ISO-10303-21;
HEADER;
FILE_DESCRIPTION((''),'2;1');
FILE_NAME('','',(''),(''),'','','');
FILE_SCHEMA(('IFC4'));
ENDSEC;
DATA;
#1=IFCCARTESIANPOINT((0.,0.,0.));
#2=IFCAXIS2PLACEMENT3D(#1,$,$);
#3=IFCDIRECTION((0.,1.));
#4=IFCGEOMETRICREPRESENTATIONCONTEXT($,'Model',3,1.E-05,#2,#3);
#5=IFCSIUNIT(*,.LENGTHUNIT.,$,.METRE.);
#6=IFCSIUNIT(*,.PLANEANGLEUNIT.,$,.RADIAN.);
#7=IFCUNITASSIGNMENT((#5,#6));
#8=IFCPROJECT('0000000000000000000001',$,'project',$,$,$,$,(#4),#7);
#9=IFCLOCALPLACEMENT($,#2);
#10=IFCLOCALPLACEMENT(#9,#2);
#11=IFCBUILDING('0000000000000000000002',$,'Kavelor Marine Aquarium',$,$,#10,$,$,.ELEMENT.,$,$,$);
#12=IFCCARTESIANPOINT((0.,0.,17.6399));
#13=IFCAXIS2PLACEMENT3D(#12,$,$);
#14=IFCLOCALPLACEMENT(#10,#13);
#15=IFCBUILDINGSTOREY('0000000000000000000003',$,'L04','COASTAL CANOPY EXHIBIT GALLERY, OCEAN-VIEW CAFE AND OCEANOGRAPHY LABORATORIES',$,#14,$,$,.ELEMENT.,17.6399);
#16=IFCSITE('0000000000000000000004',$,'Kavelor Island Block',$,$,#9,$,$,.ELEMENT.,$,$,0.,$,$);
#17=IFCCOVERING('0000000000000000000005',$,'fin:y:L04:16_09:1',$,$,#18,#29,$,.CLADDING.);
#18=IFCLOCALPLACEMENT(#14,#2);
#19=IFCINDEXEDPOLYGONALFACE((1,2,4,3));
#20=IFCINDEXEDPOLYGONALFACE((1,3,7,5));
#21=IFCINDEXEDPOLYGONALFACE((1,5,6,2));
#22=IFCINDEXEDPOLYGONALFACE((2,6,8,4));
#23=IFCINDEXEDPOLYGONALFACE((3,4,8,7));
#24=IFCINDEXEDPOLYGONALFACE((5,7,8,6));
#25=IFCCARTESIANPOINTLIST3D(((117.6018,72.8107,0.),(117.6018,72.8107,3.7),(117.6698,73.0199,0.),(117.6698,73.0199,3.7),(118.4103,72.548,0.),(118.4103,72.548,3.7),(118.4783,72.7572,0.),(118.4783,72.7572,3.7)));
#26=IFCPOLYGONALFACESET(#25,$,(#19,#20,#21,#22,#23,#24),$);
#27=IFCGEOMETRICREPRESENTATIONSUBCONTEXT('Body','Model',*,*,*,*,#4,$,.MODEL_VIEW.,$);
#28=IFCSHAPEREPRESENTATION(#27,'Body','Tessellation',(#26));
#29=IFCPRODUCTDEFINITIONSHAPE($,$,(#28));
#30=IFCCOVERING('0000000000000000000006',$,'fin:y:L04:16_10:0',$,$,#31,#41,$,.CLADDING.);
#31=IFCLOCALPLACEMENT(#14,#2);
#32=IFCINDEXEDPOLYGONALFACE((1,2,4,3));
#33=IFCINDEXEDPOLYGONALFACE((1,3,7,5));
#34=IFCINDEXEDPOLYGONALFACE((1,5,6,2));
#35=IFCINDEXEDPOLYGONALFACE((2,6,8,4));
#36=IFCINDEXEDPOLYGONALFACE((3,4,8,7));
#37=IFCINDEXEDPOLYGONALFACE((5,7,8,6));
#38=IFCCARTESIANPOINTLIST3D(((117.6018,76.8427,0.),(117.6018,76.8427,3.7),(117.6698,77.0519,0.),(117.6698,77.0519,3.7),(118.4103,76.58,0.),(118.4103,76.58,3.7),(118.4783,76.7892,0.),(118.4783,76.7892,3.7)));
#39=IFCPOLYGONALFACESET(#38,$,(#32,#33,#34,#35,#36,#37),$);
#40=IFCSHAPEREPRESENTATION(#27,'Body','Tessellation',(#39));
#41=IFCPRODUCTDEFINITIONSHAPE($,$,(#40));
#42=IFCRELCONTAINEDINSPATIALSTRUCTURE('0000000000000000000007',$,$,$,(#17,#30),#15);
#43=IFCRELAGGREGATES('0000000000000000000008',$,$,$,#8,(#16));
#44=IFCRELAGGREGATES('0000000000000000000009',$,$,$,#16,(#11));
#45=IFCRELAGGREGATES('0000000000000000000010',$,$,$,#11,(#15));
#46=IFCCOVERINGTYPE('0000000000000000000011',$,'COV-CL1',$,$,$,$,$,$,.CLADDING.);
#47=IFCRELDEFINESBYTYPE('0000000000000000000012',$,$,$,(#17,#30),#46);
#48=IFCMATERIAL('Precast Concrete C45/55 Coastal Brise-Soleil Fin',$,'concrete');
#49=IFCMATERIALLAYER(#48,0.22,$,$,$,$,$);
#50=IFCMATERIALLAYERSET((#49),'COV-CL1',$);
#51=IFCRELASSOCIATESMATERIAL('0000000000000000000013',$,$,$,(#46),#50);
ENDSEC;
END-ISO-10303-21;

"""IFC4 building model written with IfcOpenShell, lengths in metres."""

from ifc_helpers import new_model, si_unit, direction, frame, origin, origin_2d, place, context, subcontext, project, spatial, rectangle, extrude, material, layer, layer_set, type_object, element, save


model = new_model("IFC4")

# Units and contexts
model_context = context("Model", 3, precision=1e-05, world=origin(), true_north=direction((0.0, 1.0)))
body_context = subcontext(model_context, "Body", "Model", "MODEL_VIEW")
ifc_project = project(units=[si_unit("LENGTHUNIT", "METRE"), si_unit("PLANEANGLEUNIT", "RADIAN")], contexts=[model_context])

# Site, building, storey
site_placement = place(None, origin())
site = spatial("IfcSite", under=ifc_project, at=site_placement, Name="Kavelor Island Block", CompositionType="ELEMENT", RefElevation=0.0)
building_placement = place(site_placement, origin())
building = spatial("IfcBuilding", under=site, at=building_placement, Name="Kavelor Marine Aquarium", CompositionType="ELEMENT")
storey_placement = place(building_placement, frame((0.0, 0.0, 17.6399)))
storey = spatial("IfcBuildingStorey", under=building, at=storey_placement, Name="L04", Description="COASTAL CANOPY EXHIBIT GALLERY, OCEAN-VIEW CAFE AND OCEANOGRAPHY LABORATORIES", CompositionType="ELEMENT", Elevation=17.6399)

# Coverings
ifc_material_1 = material(Name="Precast Concrete C45/55 Coastal Brise-Soleil Fin", Category="concrete")
ifc_layer_1 = layer(ifc_material_1, 0.22)
ifc_layer_set_1 = layer_set([ifc_layer_1], Name="COV-CL1")
covering_type = type_object("IfcCoveringType", Name="COV-CL1", PredefinedType="CLADDING", material=ifc_layer_set_1)
for number, where, z_axis, x_axis, name in (
    (1, (118.04, 72.7839, 0.0), (0.0, 0.0, 1.0), (0.951057, -0.309017, 0.0), "fin:y:L04:16_09:1"),
    (2, (118.04, 76.8159, 0.0), (0.0, 0.0, 1.0), (0.951057, -0.309017, 0.0), "fin:y:L04:16_10:0"),
):
    element("IfcCovering", number, at=place(storey_placement, frame(where, z_axis=z_axis, x_axis=x_axis)), inside=storey, type_object=covering_type, Name=name, PredefinedType="CLADDING", context=body_context, shape_type="SweptSolid", body=[
        extrude(rectangle(XDim=0.8501, YDim=0.22, at=origin_2d()), origin(), (0.0, 0.0, 1.0), 3.7),
    ])

save(model, "model.ifc")
